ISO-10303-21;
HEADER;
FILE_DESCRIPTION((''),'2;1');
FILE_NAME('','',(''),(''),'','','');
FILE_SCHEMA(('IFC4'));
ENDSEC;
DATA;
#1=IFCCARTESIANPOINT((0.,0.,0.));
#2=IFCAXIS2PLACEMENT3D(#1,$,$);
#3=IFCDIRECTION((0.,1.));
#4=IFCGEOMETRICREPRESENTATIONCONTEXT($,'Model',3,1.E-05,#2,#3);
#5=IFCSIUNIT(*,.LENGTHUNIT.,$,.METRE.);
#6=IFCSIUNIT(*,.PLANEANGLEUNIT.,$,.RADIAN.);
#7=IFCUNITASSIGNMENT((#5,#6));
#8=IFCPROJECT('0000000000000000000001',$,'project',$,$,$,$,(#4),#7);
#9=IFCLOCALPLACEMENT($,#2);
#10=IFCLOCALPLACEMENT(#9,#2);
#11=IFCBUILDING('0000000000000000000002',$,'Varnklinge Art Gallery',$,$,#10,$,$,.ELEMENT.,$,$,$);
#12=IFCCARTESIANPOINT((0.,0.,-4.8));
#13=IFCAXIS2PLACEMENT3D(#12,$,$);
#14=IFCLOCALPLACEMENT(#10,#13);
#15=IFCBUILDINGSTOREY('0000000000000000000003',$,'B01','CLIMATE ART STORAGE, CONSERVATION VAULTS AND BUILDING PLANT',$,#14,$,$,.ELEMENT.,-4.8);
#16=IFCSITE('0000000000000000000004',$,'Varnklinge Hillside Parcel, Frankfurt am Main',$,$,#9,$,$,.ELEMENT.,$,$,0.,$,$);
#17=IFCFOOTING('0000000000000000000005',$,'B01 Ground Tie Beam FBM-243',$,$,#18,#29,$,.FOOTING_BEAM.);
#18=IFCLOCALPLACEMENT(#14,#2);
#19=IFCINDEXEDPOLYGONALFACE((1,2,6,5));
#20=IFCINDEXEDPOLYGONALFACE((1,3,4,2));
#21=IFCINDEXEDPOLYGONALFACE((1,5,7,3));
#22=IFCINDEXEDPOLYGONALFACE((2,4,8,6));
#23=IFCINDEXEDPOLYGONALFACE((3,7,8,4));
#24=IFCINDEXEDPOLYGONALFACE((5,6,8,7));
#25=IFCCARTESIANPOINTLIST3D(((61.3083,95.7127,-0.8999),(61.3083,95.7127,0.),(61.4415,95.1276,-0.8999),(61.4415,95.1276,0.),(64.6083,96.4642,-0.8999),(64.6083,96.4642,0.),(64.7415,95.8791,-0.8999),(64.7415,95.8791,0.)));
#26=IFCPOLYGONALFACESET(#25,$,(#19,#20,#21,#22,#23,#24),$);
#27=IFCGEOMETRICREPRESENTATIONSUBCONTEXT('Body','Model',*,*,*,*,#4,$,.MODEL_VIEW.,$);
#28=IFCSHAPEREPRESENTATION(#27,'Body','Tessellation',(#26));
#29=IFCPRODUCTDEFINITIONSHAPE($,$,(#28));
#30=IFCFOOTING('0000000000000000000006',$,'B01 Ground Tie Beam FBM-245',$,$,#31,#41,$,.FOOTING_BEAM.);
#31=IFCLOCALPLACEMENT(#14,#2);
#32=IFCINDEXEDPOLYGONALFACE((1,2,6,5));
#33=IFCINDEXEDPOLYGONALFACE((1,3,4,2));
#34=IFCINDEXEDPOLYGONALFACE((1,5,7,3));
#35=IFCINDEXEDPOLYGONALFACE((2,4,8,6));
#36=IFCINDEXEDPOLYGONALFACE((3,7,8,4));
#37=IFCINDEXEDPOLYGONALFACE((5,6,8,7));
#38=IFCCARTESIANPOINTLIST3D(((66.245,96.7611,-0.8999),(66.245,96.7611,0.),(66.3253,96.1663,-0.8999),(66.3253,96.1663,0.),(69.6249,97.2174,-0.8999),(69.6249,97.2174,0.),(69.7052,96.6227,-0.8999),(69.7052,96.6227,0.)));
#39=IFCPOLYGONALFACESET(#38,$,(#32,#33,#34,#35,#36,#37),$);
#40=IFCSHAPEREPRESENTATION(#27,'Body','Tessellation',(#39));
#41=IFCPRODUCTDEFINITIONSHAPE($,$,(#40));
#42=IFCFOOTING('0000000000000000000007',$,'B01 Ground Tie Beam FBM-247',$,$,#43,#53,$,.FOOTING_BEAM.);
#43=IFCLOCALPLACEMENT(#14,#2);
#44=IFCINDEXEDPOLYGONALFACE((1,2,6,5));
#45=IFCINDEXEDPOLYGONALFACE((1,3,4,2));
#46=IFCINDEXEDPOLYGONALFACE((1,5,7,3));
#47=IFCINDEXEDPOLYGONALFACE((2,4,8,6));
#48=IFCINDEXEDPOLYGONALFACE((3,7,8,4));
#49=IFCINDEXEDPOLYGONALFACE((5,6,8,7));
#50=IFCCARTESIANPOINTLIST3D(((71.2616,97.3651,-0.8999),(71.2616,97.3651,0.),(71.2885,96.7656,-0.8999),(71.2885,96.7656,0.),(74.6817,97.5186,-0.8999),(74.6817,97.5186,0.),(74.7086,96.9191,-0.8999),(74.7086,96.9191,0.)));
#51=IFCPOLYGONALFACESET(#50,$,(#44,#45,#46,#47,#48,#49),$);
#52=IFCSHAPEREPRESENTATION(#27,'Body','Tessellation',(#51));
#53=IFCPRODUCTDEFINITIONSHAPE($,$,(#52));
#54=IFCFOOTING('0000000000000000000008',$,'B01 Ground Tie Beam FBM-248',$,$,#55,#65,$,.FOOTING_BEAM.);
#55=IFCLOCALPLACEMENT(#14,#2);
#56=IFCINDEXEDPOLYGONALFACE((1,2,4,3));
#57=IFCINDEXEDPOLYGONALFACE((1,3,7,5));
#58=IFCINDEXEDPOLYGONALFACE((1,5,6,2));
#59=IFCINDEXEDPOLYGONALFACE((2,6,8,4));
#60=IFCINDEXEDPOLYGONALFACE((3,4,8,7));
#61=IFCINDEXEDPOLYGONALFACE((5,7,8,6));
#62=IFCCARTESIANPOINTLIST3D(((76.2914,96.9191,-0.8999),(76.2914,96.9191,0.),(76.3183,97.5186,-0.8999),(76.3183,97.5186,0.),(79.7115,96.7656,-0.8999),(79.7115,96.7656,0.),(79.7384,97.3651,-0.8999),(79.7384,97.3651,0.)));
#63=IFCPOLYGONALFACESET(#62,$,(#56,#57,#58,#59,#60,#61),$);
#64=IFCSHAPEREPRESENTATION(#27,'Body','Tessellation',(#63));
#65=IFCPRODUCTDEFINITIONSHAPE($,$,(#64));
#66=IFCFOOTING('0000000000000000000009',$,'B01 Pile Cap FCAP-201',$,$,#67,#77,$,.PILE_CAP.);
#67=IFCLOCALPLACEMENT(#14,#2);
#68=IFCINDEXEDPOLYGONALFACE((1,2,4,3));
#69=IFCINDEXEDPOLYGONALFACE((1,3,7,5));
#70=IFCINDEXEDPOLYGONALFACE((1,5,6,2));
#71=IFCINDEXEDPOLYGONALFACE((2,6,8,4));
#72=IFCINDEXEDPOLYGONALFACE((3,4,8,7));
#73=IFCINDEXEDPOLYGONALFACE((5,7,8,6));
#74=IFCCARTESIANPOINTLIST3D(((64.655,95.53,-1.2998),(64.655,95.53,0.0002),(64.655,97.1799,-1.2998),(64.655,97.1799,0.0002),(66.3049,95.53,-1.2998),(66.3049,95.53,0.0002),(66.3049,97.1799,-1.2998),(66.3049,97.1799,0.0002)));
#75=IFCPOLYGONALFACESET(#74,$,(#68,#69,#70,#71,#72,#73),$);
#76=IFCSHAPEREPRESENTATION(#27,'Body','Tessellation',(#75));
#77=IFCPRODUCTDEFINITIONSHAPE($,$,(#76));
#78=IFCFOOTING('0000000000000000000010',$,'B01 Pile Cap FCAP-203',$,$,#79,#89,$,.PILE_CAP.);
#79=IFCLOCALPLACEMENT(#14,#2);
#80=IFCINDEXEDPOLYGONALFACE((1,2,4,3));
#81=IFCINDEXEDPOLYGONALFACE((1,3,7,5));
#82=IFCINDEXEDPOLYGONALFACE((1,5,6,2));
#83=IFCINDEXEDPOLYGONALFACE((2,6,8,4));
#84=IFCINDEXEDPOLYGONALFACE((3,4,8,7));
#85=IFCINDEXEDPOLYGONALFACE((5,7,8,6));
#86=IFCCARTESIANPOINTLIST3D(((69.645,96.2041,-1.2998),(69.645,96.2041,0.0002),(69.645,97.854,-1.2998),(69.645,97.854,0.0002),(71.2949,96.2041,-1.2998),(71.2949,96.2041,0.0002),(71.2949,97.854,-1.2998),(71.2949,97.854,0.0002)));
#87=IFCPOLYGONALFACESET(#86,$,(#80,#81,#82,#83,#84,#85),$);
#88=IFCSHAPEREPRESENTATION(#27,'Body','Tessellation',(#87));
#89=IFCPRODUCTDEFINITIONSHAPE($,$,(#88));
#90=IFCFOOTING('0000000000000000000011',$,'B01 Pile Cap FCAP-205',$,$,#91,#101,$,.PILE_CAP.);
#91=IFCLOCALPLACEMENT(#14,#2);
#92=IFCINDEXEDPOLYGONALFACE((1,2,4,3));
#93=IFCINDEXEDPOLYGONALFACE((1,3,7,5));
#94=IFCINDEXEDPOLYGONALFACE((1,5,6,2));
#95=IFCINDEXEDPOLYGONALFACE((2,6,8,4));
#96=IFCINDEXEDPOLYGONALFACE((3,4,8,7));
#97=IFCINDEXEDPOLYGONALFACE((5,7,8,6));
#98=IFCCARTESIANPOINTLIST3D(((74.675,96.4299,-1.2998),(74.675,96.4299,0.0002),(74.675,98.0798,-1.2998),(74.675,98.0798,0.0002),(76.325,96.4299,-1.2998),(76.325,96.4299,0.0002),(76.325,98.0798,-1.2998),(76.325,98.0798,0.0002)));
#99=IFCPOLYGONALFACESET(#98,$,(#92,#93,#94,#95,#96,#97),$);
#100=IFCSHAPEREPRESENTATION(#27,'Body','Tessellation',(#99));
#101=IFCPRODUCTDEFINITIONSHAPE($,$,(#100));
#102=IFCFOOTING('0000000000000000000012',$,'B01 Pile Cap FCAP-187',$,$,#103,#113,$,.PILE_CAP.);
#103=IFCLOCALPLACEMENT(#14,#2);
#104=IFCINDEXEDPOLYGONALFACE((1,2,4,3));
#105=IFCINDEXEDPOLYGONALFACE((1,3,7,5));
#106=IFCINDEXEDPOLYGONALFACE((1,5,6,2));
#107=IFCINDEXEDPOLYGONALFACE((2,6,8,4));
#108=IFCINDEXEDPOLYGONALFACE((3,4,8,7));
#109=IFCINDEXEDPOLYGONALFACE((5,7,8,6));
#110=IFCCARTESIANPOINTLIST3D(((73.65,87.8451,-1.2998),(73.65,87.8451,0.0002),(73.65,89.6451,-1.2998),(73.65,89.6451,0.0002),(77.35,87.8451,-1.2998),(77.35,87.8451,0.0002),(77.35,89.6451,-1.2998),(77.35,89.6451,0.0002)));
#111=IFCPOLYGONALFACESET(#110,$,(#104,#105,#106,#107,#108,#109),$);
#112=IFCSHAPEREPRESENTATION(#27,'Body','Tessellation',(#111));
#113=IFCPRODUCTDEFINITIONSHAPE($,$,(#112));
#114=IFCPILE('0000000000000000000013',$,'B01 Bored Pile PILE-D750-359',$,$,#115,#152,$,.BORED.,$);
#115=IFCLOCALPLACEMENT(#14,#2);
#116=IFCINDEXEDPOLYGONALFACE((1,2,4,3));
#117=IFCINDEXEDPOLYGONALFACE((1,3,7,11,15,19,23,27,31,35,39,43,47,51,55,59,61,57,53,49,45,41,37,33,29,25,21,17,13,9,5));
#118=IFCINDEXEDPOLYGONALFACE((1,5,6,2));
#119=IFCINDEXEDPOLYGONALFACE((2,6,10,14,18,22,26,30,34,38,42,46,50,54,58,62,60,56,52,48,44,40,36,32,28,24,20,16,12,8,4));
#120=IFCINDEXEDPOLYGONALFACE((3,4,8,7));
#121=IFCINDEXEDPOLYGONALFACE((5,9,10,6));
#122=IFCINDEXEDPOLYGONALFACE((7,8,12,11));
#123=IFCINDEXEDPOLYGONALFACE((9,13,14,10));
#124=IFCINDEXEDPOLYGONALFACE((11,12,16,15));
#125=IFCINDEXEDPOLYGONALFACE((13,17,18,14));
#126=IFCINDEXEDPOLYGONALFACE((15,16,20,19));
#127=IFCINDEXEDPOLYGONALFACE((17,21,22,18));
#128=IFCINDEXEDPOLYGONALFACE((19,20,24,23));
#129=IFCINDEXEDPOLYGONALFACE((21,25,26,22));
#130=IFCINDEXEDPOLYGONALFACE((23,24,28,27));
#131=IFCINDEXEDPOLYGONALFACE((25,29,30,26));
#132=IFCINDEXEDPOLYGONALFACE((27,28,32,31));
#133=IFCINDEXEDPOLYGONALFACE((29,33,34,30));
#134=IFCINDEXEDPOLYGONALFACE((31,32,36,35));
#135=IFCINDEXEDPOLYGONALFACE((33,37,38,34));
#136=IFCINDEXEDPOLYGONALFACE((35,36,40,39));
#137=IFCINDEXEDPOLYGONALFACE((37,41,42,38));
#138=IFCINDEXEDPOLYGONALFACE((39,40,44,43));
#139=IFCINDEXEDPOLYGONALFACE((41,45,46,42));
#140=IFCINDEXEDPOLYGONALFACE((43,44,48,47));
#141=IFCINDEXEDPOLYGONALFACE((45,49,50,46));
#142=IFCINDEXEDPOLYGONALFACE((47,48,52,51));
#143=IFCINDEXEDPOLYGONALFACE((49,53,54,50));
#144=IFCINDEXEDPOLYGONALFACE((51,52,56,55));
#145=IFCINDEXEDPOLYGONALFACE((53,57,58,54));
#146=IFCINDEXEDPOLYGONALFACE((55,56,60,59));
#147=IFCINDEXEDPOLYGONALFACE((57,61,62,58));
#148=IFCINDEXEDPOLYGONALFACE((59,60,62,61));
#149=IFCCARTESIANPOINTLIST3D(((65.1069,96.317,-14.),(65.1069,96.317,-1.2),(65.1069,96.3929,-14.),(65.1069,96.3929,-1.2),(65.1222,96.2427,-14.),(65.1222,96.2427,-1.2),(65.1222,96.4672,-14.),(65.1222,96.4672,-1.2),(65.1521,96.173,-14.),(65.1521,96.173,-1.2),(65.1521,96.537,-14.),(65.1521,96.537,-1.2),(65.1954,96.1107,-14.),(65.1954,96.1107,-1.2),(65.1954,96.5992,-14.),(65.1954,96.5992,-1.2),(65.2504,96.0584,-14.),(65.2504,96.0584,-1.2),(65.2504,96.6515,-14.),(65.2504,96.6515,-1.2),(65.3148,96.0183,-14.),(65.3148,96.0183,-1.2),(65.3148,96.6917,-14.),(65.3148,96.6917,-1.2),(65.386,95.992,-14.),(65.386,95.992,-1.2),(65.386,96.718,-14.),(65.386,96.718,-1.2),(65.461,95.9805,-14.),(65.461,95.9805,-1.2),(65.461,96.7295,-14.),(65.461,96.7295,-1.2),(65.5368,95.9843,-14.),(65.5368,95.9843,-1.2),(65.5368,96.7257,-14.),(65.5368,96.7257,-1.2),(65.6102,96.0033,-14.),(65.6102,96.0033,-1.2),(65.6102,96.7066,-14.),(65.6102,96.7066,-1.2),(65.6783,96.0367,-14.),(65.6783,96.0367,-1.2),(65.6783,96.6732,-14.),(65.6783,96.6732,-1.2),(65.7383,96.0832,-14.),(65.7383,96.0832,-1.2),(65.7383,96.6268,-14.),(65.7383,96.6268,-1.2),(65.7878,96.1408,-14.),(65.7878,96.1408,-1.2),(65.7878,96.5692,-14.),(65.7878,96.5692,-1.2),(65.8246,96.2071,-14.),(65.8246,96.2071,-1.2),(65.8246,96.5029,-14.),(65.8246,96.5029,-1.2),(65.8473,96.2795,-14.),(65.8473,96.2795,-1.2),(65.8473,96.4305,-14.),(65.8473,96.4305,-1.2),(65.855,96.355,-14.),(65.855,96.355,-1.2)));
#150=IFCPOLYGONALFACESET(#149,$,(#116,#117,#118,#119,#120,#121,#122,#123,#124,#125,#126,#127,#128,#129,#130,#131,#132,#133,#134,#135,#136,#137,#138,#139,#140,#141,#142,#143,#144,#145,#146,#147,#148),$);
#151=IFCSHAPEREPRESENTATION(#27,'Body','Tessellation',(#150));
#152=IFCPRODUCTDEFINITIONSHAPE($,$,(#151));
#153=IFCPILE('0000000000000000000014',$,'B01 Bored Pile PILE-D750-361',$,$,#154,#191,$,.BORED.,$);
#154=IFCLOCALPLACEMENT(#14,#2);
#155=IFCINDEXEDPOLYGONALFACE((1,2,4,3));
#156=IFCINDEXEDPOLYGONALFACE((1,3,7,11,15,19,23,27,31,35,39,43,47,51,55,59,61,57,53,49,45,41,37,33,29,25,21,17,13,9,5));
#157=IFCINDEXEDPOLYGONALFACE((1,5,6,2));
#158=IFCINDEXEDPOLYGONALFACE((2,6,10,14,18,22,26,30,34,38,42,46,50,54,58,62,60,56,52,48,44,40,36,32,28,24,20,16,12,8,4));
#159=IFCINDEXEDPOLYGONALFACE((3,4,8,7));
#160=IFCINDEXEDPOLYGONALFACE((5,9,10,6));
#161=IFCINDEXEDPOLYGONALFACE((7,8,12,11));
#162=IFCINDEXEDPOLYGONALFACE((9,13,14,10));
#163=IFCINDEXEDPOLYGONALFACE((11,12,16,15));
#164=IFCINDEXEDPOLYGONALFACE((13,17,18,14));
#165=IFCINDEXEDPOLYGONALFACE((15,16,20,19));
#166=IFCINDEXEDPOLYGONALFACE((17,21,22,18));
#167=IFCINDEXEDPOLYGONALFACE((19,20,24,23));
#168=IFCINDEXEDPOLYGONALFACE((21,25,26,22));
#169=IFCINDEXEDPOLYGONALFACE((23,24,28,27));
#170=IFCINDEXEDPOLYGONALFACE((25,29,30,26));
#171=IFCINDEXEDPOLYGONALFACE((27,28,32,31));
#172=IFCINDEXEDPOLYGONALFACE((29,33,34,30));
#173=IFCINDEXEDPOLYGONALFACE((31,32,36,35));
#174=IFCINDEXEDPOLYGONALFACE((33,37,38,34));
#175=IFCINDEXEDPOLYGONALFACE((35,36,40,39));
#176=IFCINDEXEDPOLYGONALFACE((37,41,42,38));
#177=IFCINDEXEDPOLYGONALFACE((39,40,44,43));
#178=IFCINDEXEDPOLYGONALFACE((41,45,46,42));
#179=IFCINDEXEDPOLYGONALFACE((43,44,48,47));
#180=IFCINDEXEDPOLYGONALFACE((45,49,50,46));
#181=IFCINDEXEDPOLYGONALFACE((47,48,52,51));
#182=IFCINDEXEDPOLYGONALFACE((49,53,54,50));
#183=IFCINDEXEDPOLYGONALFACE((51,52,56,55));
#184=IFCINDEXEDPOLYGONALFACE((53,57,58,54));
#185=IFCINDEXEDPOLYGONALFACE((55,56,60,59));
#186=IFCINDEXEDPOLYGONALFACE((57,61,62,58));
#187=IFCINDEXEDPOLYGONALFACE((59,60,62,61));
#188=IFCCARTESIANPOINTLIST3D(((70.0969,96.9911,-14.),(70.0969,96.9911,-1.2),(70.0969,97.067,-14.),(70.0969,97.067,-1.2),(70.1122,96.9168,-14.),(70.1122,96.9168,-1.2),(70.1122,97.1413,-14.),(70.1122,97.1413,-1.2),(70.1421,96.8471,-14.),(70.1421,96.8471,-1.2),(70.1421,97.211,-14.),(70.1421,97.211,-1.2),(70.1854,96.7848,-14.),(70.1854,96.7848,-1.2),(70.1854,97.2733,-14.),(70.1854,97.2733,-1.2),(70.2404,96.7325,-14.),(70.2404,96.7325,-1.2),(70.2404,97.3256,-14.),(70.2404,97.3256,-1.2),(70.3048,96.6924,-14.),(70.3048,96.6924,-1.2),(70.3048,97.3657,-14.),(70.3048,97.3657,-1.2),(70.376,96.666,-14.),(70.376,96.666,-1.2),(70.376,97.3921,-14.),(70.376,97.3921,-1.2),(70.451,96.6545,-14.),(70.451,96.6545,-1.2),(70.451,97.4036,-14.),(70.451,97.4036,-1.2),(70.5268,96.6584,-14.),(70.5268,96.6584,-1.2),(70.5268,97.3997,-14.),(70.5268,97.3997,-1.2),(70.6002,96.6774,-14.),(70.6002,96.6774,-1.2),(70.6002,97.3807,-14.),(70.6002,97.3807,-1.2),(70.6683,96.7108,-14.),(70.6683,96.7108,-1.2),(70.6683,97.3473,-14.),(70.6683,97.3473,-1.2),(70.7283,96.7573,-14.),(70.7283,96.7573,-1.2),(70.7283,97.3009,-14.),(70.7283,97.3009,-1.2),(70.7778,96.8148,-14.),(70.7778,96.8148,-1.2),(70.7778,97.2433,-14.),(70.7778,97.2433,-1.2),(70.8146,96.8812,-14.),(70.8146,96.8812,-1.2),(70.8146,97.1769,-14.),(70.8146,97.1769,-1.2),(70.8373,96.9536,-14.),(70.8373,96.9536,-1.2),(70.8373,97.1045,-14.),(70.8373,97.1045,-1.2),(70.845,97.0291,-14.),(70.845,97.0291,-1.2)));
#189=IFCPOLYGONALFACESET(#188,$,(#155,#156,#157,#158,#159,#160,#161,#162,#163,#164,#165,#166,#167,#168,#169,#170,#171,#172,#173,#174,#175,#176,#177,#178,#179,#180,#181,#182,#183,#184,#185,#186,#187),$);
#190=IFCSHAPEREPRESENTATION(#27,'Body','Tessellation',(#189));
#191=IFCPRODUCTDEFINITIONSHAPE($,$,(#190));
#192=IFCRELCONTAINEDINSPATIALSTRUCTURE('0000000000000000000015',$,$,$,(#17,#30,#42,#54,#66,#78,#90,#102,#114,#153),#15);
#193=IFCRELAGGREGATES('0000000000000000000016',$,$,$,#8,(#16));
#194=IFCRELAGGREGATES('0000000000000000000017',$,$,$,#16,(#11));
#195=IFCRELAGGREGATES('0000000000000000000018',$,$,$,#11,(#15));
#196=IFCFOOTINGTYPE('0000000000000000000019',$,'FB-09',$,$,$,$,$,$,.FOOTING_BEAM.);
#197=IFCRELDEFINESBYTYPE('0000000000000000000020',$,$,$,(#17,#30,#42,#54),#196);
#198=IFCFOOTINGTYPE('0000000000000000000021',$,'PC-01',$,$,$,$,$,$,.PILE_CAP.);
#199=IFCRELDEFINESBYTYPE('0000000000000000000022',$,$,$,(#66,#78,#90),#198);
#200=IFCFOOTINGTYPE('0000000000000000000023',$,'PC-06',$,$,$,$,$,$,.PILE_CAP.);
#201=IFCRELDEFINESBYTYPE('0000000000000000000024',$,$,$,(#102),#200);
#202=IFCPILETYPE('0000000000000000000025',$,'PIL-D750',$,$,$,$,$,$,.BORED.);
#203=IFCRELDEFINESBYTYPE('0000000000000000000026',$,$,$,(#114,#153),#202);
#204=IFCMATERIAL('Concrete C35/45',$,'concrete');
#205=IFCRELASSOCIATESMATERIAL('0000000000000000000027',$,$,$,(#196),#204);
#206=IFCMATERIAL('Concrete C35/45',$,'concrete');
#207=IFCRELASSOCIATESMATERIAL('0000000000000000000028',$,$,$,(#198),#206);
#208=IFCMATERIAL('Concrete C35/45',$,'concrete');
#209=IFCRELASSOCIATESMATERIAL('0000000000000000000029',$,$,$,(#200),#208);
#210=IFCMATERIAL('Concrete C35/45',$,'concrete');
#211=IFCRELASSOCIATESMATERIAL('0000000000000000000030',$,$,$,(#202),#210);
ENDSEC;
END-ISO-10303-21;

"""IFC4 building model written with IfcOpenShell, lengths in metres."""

from ifc_helpers import new_model, si_unit, direction, frame, origin, origin_2d, place, context, subcontext, project, spatial, rectangle, circle, extrude, material, material_profile, profile_set, type_object, element, save


model = new_model("IFC4")

# Units and contexts
model_context = context("Model", 3, precision=1e-05, world=origin(), true_north=direction((0.0, 1.0)))
body_context = subcontext(model_context, "Body", "Model", "MODEL_VIEW")
ifc_project = project(units=[si_unit("LENGTHUNIT", "METRE"), si_unit("PLANEANGLEUNIT", "RADIAN")], contexts=[model_context])

# Site, building, storey
site_placement = place(None, origin())
site = spatial("IfcSite", under=ifc_project, at=site_placement, Name="Varnklinge Hillside Parcel, Frankfurt am Main", CompositionType="ELEMENT", RefElevation=0.0)
building_placement = place(site_placement, origin())
building = spatial("IfcBuilding", under=site, at=building_placement, Name="Varnklinge Art Gallery", CompositionType="ELEMENT")
storey_placement = place(building_placement, frame((0.0, 0.0, -4.8)))
storey = spatial("IfcBuildingStorey", under=building, at=storey_placement, Name="B01", Description="CLIMATE ART STORAGE, CONSERVATION VAULTS AND BUILDING PLANT", CompositionType="ELEMENT", Elevation=-4.8)

# Footings
ifc_material_1 = material(Name="Concrete C35/45", Category="concrete")
footing_type_1 = type_object("IfcFootingType", Name="FB-09", PredefinedType="FOOTING_BEAM", material=ifc_material_1)
footing_1_placement = place(storey_placement, frame((63.0249, 95.7959, -0.8999), z_axis=(0.0, 0.0, 1.0), x_axis=(0.975033, 0.222059, 0.0)))
element("IfcFooting", 1, at=footing_1_placement, inside=storey, type_object=footing_type_1, Name="B01 Ground Tie Beam FBM-243", PredefinedType="FOOTING_BEAM", context=body_context, shape_type="SweptSolid", body=[
    extrude(rectangle(XDim=3.3845, YDim=0.6001, at=origin_2d()), origin(), (0.0, 0.0, 1.0), 0.8999),
])
footing_2_placement = place(storey_placement, frame((67.9751, 96.6919, -0.8999), z_axis=(0.0, 0.0, 1.0), x_axis=(0.991007, 0.133813, 0.0)))
element("IfcFooting", 2, at=footing_2_placement, inside=storey, type_object=footing_type_1, Name="B01 Ground Tie Beam FBM-245", PredefinedType="FOOTING_BEAM", context=body_context, shape_type="SweptSolid", body=[
    extrude(rectangle(XDim=3.4106, YDim=0.6001, at=origin_2d()), origin(), (0.0, 0.0, 1.0), 0.8999),
])
for number, where, z_axis, x_axis, name in (
    (3, (72.9851, 97.1421, -0.8999), (0.0, 0.0, 1.0), (0.998994, 0.04484, 0.0), "B01 Ground Tie Beam FBM-247"),
    (4, (78.0149, 97.1421, -0.8999), (0.0, 0.0, 1.0), (-0.998994, 0.04484, 0.0), "B01 Ground Tie Beam FBM-248"),
):
    element("IfcFooting", number, at=place(storey_placement, frame(where, z_axis=z_axis, x_axis=x_axis)), inside=storey, type_object=footing_type_1, Name=name, PredefinedType="FOOTING_BEAM", context=body_context, shape_type="SweptSolid", body=[
        extrude(rectangle(XDim=3.4236, YDim=0.6001, at=origin_2d()), origin(), (0.0, 0.0, 1.0), 0.8999),
    ])
ifc_material_2 = material(Name="Concrete C35/45", Category="concrete")
footing_type_2 = type_object("IfcFootingType", Name="PC-01", PredefinedType="PILE_CAP", material=ifc_material_2)
for number, where, z_axis, x_axis, name in (
    (5, (65.48, 96.355, -1.2998), (0.0, 0.0, 1.0), (1.0, 0.0, 0.0), "B01 Pile Cap FCAP-201"),
    (6, (70.47, 97.0291, -1.2998), (0.0, 0.0, 1.0), (1.0, 0.0, 0.0), "B01 Pile Cap FCAP-203"),
    (7, (75.5, 97.2549, -1.2998), (0.0, 0.0, 1.0), (1.0, 0.0, 0.0), "B01 Pile Cap FCAP-205"),
):
    element("IfcFooting", number, at=place(storey_placement, frame(where, z_axis=z_axis, x_axis=x_axis)), inside=storey, type_object=footing_type_2, Name=name, PredefinedType="PILE_CAP", context=body_context, shape_type="SweptSolid", body=[
        extrude(rectangle(XDim=1.6499, YDim=1.6499, at=origin_2d()), origin(), (0.0, 0.0, 1.0), 1.3),
    ])
ifc_material_3 = material(Name="Concrete C35/45", Category="concrete")
footing_type_3 = type_object("IfcFootingType", Name="PC-06", PredefinedType="PILE_CAP", material=ifc_material_3)
footing_3_placement = place(storey_placement, frame((75.5, 88.7451, -1.2998), z_axis=(0.0, 0.0, 1.0), x_axis=(1.0, 0.0, 0.0)))
element("IfcFooting", 8, at=footing_3_placement, inside=storey, type_object=footing_type_3, Name="B01 Pile Cap FCAP-187", PredefinedType="PILE_CAP", context=body_context, shape_type="SweptSolid", body=[
    extrude(rectangle(XDim=3.7, YDim=1.8, at=origin_2d()), origin(), (0.0, 0.0, 1.0), 1.3),
])

# Piles
ifc_material_4 = material(Name="Concrete C35/45", Category="concrete")
ifc_material_profile_1 = material_profile(ifc_material_4, circle(Radius=0.375, at=origin_2d()), Name="PILE D750")
ifc_profile_set_1 = profile_set([ifc_material_profile_1], Name="Concrete C35/45")
pile_type_1 = type_object("IfcPileType", Name="PIL-D750", PredefinedType="BORED", material=ifc_profile_set_1)
for number, where, z_axis, x_axis, name in (
    (9, (65.48, 96.355, -1.2), (0.0, 0.0, -1.0), (1.0, 0.0, 0.0), "B01 Bored Pile PILE-D750-359"),
    (10, (70.47, 97.0291, -1.2), (0.0, 0.0, -1.0), (1.0, 0.0, 0.0), "B01 Bored Pile PILE-D750-361"),
):
    element("IfcPile", number, at=place(storey_placement, frame(where, z_axis=z_axis, x_axis=x_axis)), inside=storey, type_object=pile_type_1, Name=name, PredefinedType="BORED", context=body_context, shape_type="SweptSolid", body=[
        extrude(circle(Radius=0.375, at=origin_2d()), origin(), (0.0, 0.0, 1.0), 12.8),
    ])

save(model, "model.ifc")
